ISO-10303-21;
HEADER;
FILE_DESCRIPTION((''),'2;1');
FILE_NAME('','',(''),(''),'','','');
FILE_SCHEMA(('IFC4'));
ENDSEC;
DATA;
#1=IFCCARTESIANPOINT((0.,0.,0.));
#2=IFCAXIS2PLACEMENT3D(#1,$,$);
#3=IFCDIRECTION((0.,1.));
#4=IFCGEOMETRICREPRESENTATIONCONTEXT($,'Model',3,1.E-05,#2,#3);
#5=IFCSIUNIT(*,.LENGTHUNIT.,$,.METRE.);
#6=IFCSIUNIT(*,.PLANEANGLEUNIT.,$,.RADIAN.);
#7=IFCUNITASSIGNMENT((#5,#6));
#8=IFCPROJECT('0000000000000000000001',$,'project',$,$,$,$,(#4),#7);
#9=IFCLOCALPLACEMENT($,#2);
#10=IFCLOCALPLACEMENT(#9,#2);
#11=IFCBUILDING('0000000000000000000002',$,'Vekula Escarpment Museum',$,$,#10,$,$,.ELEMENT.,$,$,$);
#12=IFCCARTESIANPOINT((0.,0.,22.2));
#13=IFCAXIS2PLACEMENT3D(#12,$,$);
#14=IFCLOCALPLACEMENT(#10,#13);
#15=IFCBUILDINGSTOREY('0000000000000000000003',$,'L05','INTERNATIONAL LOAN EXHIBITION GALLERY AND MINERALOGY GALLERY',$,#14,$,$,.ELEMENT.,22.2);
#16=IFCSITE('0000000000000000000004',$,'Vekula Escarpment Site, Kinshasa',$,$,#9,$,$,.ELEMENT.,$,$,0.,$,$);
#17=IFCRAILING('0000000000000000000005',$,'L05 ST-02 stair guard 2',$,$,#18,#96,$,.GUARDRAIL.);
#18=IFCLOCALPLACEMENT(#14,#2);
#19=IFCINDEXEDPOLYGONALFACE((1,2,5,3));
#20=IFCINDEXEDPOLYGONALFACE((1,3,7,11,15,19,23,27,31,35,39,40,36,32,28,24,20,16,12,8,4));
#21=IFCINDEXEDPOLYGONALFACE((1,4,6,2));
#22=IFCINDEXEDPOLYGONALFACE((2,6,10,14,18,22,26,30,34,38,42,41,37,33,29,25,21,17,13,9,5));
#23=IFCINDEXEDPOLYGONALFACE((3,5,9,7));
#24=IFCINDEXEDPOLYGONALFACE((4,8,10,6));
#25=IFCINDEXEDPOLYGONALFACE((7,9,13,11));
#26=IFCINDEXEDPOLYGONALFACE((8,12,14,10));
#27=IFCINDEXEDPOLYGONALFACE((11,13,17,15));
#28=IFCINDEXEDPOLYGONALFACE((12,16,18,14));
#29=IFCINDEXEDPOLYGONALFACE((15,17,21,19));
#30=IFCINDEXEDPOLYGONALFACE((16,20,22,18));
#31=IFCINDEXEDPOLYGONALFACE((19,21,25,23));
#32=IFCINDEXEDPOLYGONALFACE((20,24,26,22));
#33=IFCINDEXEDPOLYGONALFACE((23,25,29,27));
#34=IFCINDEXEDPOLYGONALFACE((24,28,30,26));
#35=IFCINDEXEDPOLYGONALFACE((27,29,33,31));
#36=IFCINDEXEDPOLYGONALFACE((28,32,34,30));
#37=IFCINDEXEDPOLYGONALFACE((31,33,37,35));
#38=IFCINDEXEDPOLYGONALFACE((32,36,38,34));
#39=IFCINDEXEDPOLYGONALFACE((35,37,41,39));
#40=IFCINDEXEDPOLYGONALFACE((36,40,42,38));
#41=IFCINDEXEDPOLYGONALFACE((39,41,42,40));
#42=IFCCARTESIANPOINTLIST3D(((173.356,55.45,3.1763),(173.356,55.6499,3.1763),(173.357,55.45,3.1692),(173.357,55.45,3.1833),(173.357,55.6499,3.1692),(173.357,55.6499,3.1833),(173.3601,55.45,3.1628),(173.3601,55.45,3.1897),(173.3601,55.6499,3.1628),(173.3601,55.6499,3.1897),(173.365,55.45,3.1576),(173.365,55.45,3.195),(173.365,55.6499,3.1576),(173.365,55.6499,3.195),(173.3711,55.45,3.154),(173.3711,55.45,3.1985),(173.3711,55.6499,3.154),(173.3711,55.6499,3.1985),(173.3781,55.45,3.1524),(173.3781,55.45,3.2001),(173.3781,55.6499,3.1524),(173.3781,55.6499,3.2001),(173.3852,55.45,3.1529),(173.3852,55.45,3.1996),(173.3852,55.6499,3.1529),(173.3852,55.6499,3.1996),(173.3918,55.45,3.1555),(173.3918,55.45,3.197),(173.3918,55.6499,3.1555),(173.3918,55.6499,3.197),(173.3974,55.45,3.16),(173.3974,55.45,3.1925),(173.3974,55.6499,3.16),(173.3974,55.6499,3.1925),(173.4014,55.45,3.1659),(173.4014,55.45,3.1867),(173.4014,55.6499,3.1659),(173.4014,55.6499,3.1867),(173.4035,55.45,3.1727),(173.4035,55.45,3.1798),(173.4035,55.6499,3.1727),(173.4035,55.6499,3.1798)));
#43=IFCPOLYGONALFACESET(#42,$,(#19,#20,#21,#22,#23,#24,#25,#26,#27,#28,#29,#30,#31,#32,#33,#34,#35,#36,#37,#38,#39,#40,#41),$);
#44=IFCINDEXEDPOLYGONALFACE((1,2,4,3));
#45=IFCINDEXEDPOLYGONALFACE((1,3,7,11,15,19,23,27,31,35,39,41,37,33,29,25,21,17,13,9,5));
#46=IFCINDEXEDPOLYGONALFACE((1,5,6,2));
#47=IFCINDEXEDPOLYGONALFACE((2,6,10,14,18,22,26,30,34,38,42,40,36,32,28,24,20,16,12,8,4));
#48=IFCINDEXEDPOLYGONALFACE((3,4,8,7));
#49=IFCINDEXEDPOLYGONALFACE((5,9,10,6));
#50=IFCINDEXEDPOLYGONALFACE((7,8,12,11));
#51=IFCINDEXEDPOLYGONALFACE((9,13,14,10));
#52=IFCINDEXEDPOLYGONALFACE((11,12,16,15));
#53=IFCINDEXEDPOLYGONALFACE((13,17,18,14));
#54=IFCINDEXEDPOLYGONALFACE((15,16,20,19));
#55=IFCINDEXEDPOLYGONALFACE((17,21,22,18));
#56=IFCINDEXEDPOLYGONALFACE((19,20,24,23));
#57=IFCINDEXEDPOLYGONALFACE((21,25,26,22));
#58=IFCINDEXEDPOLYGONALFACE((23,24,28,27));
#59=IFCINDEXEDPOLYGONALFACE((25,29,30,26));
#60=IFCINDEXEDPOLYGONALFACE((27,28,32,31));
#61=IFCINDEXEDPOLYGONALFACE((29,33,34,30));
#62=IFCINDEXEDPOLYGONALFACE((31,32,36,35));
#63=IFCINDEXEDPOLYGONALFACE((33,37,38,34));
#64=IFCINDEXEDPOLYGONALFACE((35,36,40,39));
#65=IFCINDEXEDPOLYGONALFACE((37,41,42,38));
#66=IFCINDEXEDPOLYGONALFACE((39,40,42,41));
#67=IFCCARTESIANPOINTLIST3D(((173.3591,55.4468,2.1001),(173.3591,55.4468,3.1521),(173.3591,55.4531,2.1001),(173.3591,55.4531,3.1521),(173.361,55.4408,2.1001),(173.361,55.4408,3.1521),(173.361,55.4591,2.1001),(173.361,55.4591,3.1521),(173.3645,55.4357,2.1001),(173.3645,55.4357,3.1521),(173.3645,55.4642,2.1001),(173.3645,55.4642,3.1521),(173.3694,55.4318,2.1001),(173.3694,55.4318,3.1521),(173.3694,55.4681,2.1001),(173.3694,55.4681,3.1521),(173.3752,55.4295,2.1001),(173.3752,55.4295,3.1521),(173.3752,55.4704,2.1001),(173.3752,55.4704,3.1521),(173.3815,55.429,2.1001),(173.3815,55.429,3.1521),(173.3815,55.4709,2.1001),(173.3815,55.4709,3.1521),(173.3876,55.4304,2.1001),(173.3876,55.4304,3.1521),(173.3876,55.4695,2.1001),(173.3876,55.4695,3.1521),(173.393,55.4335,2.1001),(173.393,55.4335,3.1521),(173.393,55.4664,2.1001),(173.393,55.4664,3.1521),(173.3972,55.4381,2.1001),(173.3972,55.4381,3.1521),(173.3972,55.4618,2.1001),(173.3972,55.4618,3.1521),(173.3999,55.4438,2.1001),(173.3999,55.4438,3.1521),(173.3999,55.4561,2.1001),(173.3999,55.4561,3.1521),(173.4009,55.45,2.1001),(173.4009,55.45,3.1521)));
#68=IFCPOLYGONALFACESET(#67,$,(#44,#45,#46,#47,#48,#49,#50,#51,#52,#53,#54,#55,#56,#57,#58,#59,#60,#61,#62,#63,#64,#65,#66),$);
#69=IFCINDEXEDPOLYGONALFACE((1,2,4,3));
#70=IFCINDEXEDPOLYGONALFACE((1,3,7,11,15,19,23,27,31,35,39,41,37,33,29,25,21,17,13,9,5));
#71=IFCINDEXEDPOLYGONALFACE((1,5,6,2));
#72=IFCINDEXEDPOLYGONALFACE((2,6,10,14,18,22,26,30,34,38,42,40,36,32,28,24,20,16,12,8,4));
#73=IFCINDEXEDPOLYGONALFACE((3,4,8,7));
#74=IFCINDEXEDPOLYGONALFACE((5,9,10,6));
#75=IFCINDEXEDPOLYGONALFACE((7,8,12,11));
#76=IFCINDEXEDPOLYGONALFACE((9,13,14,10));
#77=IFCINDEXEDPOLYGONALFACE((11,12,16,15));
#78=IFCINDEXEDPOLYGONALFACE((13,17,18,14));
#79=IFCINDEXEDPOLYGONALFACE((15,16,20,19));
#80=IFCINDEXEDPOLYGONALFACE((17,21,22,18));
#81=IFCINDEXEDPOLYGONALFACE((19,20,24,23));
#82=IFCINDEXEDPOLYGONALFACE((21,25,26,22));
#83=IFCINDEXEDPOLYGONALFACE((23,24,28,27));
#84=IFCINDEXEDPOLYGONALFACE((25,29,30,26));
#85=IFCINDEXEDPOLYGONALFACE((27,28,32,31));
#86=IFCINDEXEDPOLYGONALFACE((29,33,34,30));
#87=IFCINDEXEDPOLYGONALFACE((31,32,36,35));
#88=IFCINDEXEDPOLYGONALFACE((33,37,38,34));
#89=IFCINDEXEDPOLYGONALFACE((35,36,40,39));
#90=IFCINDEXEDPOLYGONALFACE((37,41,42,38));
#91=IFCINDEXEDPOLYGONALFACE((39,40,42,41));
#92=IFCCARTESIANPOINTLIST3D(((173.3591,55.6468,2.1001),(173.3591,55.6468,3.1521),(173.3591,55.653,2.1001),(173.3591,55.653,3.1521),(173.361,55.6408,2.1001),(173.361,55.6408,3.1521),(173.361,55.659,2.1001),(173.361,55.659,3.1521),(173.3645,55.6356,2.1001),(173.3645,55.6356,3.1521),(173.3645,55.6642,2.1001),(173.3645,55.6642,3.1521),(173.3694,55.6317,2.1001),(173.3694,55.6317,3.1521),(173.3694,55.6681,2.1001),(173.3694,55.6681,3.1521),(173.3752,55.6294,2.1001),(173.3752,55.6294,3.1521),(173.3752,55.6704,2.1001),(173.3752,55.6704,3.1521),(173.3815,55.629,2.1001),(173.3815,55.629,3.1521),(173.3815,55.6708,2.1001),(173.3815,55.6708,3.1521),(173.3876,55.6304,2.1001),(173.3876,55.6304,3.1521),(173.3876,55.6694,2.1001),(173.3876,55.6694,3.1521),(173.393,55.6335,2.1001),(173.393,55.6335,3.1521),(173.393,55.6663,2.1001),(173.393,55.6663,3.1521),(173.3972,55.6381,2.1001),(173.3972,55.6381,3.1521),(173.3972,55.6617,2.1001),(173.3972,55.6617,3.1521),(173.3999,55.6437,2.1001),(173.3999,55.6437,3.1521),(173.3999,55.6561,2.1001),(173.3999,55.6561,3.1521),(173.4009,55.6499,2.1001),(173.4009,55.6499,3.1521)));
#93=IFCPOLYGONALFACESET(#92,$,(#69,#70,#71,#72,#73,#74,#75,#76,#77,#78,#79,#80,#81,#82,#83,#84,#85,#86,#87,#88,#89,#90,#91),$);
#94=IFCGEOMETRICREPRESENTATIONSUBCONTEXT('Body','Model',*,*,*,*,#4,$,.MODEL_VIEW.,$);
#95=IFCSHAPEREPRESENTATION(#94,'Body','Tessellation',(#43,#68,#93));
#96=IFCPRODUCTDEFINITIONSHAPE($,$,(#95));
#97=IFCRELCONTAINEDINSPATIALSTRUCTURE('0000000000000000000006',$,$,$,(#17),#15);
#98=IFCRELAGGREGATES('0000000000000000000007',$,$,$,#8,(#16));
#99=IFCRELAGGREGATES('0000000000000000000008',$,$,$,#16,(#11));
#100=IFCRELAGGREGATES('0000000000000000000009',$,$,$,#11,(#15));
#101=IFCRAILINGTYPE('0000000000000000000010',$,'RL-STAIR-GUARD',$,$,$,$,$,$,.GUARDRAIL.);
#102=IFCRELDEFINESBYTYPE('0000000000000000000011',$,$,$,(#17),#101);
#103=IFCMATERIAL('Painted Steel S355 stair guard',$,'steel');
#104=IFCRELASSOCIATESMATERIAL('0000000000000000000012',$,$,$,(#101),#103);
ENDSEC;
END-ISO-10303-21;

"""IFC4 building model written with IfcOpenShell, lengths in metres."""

from ifc_helpers import new_model, si_unit, direction, frame, origin, origin_2d, place, context, subcontext, project, spatial, circle, extrude, material, type_object, element, save


model = new_model("IFC4")

# Units and contexts
model_context = context("Model", 3, precision=1e-05, world=origin(), true_north=direction((0.0, 1.0)))
body_context = subcontext(model_context, "Body", "Model", "MODEL_VIEW")
ifc_project = project(units=[si_unit("LENGTHUNIT", "METRE"), si_unit("PLANEANGLEUNIT", "RADIAN")], contexts=[model_context])

# Site, building, storey
site_placement = place(None, origin())
site = spatial("IfcSite", under=ifc_project, at=site_placement, Name="Vekula Escarpment Site, Kinshasa", CompositionType="ELEMENT", RefElevation=0.0)
building_placement = place(site_placement, origin())
building = spatial("IfcBuilding", under=site, at=building_placement, Name="Vekula Escarpment Museum", CompositionType="ELEMENT")
storey_placement = place(building_placement, frame((0.0, 0.0, 22.2)))
storey = spatial("IfcBuildingStorey", under=building, at=storey_placement, Name="L05", Description="INTERNATIONAL LOAN EXHIBITION GALLERY AND MINERALOGY GALLERY", CompositionType="ELEMENT", Elevation=22.2)

# Railing
ifc_material_1 = material(Name="Painted Steel S355 stair guard", Category="steel")
railing_type_1 = type_object("IfcRailingType", Name="RL-STAIR-GUARD", PredefinedType="GUARDRAIL", material=ifc_material_1)
railing_1_placement = place(storey_placement, frame((173.3799, 55.45, 2.1001)))
element("IfcRailing", 1, at=railing_1_placement, inside=storey, type_object=railing_type_1, Name="L05 ST-02 stair guard 2", PredefinedType="GUARDRAIL", context=body_context, shape_type="SweptSolid", body=[
    extrude(circle(Radius=0.0239, at=origin_2d()), frame((0.0, 0.0, 1.0762), z_axis=(0.0, 1.0, 0.0), x_axis=(-1.0, 0.0, 0.0)), (0.0, 0.0, 1.0), 0.2),
    extrude(circle(Radius=0.021, at=origin_2d()), origin(), (0.0, 0.0, 1.0), 1.052),
    extrude(circle(Radius=0.021, at=origin_2d()), frame((0.0, 0.2, 0.0)), (0.0, 0.0, 1.0), 1.052),
])

save(model, "model.ifc")
